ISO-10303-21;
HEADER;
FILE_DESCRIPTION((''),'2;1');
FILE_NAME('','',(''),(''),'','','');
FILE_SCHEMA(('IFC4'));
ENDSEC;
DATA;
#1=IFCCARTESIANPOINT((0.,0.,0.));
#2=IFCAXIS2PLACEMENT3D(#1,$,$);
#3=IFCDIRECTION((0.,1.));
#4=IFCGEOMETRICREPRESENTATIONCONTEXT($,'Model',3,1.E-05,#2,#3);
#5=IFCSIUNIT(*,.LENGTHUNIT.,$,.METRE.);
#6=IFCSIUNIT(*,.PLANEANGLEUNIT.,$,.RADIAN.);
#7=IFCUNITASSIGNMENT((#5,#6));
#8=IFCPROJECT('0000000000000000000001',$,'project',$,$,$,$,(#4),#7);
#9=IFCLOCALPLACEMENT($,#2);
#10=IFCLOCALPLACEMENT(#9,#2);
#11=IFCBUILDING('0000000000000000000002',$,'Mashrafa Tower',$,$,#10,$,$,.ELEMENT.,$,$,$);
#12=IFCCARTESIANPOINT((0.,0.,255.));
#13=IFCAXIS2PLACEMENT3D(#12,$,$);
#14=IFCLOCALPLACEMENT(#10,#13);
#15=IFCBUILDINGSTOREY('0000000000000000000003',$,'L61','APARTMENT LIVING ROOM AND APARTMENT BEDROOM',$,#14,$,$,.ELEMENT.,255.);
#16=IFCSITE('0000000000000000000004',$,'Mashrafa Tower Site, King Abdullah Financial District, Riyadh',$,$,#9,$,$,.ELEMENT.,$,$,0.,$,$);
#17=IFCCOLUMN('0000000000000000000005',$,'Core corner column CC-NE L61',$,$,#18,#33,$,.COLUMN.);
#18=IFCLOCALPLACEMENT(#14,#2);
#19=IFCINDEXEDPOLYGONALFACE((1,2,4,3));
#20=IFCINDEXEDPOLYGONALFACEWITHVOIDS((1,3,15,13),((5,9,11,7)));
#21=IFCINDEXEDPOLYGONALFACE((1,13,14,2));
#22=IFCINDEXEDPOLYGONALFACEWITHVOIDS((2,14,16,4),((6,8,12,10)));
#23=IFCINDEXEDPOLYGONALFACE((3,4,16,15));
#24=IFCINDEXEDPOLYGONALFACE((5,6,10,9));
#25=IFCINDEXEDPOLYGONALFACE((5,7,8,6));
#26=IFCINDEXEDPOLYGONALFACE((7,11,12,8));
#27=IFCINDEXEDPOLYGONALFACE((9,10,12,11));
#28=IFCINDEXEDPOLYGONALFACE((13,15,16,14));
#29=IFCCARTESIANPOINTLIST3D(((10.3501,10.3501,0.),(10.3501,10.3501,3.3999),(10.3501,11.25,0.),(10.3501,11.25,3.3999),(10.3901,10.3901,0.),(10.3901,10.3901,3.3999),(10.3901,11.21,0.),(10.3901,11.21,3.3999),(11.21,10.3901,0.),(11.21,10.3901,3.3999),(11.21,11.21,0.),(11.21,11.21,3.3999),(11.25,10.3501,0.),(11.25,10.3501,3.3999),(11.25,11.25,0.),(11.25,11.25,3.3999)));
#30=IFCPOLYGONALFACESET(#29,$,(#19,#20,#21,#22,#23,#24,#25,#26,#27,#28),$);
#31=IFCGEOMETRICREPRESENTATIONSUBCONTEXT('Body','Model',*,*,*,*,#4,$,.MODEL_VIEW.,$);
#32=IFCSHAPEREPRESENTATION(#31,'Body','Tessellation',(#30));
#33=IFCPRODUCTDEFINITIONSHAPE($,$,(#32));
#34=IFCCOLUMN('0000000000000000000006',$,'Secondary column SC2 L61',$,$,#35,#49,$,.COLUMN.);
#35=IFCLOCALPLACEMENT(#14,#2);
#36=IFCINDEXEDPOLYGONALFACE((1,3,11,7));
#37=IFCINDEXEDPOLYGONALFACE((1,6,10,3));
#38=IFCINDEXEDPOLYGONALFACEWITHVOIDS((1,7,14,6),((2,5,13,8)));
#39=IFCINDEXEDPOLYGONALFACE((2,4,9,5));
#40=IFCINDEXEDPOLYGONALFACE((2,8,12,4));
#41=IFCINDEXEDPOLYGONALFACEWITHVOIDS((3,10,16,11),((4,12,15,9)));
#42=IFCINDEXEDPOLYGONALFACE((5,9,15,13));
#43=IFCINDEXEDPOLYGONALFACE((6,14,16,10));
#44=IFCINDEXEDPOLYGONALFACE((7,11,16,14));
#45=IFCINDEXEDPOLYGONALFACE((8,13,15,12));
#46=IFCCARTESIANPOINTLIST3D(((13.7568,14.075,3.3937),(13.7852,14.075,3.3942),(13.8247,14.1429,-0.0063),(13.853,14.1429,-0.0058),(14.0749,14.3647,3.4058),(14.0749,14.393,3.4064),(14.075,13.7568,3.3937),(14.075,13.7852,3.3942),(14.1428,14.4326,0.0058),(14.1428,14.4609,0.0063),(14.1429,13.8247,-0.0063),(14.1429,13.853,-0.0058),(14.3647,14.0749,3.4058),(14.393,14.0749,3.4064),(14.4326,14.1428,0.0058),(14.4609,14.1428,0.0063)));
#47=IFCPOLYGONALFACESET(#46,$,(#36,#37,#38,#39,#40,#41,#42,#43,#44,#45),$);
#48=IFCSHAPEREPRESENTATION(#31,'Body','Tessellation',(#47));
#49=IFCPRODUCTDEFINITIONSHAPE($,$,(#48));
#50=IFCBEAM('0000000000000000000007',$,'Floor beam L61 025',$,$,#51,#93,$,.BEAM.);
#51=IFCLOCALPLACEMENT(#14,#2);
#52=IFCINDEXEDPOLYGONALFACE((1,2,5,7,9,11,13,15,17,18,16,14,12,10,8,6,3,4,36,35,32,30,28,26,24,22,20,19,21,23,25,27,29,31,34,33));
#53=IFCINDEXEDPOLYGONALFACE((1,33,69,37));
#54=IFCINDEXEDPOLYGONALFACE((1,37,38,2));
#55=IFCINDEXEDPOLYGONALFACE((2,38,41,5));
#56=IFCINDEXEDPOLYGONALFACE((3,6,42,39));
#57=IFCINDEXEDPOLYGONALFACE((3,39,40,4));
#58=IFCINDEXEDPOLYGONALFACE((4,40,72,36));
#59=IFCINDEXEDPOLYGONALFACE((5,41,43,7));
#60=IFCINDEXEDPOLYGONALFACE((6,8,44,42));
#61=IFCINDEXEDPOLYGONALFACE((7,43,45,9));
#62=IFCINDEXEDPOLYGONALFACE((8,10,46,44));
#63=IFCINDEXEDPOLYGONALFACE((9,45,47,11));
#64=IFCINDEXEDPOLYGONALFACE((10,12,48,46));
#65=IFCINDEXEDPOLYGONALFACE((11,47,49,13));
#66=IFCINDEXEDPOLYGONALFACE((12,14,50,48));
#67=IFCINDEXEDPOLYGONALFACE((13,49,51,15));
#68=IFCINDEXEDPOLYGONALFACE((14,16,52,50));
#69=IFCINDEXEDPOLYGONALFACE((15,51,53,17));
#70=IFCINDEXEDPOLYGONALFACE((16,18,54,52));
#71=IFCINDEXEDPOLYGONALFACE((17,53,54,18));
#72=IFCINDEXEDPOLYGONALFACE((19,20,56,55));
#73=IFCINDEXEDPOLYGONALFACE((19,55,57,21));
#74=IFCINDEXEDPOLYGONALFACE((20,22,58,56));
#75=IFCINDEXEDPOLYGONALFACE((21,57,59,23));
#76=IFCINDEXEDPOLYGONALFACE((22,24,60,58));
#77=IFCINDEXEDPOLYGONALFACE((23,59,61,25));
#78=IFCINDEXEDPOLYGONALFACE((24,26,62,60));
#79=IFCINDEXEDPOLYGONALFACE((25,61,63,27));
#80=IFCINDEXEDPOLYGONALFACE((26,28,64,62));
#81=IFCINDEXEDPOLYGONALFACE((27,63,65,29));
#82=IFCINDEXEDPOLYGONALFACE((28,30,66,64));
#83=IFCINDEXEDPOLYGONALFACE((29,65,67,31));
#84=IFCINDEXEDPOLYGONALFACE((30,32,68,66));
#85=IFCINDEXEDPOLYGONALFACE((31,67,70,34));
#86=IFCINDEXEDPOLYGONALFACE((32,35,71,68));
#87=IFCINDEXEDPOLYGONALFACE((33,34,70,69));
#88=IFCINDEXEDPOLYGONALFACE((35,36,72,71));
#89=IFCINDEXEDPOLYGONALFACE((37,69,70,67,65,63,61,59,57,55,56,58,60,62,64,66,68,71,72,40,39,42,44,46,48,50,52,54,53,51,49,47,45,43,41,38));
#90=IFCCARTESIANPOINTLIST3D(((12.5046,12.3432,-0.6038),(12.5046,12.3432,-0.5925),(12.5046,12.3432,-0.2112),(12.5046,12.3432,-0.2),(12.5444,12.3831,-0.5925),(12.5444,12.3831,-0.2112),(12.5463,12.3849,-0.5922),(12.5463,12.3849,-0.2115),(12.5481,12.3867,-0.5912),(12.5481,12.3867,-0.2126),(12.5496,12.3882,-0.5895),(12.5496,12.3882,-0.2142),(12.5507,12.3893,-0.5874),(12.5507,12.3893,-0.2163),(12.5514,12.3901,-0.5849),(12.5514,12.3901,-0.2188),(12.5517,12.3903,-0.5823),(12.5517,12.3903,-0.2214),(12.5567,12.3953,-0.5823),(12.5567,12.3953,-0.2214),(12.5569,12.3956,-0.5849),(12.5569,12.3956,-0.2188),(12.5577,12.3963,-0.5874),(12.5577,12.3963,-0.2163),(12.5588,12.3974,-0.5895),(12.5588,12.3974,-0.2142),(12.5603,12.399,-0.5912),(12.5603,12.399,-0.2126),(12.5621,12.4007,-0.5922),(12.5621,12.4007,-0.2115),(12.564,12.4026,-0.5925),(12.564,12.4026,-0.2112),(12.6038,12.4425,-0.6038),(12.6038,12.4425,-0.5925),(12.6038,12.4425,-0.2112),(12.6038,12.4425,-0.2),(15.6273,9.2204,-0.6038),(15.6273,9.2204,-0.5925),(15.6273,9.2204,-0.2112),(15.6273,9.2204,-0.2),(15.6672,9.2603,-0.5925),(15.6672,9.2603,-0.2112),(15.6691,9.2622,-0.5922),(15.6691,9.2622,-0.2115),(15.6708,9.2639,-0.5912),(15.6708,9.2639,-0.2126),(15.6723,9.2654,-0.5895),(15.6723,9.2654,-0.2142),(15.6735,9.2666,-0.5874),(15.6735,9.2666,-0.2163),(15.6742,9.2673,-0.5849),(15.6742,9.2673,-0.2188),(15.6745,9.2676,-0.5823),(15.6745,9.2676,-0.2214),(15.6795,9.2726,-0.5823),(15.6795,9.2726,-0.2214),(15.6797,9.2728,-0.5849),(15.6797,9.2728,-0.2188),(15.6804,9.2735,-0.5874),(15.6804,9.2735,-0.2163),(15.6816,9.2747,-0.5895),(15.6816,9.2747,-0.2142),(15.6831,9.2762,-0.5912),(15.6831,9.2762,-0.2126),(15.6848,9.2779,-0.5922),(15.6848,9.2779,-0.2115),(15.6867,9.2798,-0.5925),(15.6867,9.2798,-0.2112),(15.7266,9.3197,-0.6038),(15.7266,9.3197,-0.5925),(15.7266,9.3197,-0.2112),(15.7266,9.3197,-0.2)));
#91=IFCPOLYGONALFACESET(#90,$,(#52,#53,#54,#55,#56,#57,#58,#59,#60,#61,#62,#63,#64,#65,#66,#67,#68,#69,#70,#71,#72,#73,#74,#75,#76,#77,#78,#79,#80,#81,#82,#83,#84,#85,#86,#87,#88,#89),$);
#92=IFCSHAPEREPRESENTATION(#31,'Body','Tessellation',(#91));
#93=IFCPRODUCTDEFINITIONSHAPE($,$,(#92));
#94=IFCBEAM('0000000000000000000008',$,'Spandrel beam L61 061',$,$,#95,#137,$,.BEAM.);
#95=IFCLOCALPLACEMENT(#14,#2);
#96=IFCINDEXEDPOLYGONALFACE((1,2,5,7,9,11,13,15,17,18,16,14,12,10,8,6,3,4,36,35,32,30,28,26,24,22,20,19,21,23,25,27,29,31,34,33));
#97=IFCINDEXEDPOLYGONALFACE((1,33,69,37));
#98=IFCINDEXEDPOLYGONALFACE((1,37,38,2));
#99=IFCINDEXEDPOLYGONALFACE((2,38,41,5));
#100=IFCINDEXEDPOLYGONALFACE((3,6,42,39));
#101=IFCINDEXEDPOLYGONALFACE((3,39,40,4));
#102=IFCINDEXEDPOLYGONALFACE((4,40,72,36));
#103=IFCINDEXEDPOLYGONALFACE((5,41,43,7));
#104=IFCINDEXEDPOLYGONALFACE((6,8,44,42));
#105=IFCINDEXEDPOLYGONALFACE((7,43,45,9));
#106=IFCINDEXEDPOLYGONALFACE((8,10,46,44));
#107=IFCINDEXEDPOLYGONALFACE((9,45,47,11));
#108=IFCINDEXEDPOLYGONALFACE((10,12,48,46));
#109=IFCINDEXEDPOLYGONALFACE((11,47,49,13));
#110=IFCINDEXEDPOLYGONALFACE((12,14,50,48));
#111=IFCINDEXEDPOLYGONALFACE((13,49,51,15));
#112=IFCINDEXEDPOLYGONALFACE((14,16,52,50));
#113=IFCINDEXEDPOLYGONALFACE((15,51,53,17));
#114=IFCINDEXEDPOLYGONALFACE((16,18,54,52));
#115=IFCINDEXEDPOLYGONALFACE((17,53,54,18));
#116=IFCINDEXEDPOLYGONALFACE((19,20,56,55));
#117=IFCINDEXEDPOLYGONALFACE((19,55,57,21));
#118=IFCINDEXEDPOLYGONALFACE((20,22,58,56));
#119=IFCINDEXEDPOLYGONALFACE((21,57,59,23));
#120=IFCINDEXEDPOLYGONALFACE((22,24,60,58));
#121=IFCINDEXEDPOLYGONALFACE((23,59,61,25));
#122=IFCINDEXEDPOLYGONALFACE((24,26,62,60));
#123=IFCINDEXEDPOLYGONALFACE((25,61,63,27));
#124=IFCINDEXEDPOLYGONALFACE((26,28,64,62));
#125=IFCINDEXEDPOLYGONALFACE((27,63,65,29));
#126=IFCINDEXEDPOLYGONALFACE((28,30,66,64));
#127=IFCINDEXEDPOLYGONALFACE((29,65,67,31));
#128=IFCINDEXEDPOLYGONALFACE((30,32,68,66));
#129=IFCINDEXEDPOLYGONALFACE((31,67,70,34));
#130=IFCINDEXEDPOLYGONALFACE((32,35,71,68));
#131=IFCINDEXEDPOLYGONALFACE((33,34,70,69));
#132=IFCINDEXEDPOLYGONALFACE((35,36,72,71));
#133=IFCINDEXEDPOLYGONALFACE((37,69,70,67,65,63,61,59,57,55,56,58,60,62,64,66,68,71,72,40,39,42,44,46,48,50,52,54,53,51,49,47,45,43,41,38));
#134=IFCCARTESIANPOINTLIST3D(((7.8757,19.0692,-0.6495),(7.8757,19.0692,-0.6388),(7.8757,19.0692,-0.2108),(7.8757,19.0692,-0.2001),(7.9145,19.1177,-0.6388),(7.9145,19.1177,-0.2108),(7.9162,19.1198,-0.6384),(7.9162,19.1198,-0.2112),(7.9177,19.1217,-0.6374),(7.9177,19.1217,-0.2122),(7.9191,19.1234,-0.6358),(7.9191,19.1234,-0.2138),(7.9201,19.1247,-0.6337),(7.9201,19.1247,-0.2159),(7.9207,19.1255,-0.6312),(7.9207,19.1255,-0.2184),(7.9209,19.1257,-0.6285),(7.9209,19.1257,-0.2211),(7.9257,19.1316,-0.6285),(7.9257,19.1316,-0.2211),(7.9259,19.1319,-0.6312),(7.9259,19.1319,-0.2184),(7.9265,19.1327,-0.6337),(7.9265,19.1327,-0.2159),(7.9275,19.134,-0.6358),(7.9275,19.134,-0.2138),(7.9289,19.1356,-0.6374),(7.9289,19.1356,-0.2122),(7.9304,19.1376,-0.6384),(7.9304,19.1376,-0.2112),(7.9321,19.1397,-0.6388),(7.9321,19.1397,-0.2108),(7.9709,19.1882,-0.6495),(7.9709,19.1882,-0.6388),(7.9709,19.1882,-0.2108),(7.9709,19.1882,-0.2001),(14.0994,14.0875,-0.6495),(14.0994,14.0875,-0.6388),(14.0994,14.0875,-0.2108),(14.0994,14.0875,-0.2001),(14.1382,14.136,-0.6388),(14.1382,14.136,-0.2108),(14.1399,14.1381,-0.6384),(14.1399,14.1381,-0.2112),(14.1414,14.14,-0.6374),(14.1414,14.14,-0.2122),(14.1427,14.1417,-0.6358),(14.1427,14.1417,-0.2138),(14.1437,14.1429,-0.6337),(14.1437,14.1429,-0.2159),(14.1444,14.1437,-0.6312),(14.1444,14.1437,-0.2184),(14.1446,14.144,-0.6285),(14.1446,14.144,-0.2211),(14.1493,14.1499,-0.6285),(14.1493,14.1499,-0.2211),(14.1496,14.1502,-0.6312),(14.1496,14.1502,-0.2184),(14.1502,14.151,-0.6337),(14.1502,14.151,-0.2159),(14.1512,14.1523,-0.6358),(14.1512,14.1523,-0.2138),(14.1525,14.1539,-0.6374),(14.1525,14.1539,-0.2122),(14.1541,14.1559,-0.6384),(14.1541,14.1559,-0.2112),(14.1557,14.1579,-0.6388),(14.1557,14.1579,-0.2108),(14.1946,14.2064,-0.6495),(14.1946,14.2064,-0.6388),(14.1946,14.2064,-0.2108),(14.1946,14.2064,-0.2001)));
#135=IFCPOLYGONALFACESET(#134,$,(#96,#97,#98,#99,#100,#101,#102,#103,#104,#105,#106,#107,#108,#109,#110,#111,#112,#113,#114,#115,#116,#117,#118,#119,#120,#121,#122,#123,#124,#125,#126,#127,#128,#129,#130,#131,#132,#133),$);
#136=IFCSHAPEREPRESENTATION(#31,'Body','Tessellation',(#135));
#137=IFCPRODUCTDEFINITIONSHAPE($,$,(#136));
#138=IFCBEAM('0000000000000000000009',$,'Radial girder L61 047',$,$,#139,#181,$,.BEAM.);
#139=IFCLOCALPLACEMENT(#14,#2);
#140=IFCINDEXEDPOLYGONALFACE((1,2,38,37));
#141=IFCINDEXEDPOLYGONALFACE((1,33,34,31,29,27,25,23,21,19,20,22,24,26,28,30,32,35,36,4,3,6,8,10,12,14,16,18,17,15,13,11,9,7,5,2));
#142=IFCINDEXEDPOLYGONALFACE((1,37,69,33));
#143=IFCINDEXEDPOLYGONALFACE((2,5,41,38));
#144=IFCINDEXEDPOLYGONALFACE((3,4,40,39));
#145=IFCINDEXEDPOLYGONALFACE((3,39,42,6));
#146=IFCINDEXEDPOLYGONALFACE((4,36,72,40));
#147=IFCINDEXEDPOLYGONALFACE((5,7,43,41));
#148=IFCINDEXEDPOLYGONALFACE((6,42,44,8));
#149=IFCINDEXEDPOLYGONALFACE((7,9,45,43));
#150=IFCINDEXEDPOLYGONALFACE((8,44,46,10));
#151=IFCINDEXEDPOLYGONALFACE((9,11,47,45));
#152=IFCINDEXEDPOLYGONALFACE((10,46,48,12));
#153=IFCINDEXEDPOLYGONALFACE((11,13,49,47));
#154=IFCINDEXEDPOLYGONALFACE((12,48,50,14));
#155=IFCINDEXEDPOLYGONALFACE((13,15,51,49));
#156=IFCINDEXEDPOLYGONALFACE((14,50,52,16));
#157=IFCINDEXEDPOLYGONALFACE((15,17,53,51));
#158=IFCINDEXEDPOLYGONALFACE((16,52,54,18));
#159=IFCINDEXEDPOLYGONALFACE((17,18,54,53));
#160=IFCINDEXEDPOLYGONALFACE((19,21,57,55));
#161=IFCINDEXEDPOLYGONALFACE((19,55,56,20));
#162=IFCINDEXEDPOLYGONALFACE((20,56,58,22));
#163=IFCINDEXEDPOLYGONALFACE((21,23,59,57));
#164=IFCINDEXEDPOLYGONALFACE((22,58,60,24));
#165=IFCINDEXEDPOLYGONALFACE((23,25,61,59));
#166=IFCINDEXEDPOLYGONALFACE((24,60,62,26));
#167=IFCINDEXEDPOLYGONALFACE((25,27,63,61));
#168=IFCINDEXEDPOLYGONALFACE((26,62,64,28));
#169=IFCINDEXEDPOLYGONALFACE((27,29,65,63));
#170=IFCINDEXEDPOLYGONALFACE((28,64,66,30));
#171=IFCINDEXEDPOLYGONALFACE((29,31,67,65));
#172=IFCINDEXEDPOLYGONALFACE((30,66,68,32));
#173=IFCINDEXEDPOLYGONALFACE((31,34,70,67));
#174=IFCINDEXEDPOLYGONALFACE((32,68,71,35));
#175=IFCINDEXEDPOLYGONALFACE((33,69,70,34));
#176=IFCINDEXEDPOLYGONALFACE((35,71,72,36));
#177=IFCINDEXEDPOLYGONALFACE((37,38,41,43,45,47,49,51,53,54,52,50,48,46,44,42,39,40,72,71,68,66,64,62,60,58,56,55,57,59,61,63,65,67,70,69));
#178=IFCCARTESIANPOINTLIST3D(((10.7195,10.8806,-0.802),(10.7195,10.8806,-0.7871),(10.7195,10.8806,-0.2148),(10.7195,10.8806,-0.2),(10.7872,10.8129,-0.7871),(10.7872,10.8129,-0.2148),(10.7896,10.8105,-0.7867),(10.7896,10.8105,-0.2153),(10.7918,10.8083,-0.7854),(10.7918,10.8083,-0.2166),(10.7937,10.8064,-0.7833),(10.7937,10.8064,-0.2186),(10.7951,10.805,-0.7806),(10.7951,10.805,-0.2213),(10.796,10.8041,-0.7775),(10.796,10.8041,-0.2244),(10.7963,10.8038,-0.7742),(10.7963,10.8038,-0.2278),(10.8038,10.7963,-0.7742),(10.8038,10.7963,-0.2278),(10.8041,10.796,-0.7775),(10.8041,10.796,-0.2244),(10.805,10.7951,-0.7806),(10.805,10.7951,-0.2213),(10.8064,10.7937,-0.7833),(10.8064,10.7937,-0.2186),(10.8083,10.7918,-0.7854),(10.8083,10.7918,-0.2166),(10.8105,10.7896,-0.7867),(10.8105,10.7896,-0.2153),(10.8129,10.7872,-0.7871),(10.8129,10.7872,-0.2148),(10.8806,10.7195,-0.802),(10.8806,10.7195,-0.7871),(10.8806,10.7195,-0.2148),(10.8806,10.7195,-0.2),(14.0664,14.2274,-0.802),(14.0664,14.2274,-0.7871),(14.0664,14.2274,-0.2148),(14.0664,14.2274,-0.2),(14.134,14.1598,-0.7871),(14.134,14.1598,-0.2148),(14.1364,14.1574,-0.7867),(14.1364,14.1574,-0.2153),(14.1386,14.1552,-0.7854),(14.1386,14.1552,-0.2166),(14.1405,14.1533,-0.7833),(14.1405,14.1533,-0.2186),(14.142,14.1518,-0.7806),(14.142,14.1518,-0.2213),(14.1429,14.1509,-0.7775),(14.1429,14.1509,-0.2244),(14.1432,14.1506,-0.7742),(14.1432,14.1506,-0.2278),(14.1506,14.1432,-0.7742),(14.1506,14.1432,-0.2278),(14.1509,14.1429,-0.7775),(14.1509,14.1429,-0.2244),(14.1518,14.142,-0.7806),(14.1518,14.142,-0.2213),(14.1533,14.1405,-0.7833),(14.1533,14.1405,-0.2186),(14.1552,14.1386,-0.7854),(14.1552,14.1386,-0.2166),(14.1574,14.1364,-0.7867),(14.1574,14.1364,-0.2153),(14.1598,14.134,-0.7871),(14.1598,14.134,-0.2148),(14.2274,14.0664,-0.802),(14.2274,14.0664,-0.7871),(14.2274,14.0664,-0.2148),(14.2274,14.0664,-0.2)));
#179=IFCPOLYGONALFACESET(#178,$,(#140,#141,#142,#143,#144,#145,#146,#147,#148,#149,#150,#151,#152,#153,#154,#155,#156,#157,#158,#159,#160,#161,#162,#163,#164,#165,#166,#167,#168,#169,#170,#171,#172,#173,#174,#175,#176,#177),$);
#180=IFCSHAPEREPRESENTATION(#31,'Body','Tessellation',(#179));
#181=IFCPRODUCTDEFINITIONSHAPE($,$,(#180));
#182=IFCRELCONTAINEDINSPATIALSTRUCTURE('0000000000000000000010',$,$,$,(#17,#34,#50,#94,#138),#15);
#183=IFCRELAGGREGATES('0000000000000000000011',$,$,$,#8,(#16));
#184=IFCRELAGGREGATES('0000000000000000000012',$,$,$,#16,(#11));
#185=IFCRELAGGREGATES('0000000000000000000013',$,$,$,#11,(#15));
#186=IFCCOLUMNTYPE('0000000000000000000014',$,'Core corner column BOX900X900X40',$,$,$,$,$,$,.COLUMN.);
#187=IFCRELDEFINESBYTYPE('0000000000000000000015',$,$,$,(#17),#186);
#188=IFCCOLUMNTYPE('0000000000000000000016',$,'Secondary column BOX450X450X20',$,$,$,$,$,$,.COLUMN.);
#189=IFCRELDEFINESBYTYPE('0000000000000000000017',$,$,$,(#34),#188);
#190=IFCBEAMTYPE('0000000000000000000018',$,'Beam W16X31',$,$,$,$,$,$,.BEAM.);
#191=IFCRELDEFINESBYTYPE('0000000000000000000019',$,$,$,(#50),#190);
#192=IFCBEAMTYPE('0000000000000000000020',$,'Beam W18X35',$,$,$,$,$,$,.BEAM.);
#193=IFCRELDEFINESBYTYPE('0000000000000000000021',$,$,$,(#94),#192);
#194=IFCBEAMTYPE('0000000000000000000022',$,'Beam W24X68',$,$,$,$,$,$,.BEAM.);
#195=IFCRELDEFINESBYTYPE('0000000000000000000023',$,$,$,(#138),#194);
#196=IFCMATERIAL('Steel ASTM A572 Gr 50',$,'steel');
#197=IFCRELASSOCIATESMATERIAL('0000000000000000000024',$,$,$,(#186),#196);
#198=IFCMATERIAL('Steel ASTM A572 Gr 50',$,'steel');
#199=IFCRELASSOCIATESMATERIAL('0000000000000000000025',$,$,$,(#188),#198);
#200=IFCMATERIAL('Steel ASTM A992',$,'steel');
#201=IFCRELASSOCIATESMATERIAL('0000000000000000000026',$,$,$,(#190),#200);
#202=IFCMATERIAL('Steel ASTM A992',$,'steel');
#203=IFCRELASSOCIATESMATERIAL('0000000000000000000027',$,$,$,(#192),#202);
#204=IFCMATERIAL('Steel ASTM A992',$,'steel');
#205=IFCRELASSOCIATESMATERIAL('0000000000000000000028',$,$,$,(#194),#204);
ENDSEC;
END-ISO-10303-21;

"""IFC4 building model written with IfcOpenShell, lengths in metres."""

from ifc_helpers import new_model, si_unit, direction, frame, origin, origin_2d, place, context, subcontext, project, spatial, hollow_rectangle, i_section, extrude, material, material_profile, profile_set, type_object, element, save


model = new_model("IFC4")

# Units and contexts
model_context = context("Model", 3, precision=1e-05, world=origin(), true_north=direction((0.0, 1.0)))
body_context = subcontext(model_context, "Body", "Model", "MODEL_VIEW")
ifc_project = project(units=[si_unit("LENGTHUNIT", "METRE"), si_unit("PLANEANGLEUNIT", "RADIAN")], contexts=[model_context])

# Site, building, storey
site_placement = place(None, origin())
site = spatial("IfcSite", under=ifc_project, at=site_placement, Name="Mashrafa Tower Site, King Abdullah Financial District, Riyadh", CompositionType="ELEMENT", RefElevation=0.0)
building_placement = place(site_placement, origin())
building = spatial("IfcBuilding", under=site, at=building_placement, Name="Mashrafa Tower", CompositionType="ELEMENT")
storey_placement = place(building_placement, frame((0.0, 0.0, 255.0)))
storey = spatial("IfcBuildingStorey", under=building, at=storey_placement, Name="L61", Description="APARTMENT LIVING ROOM AND APARTMENT BEDROOM", CompositionType="ELEMENT", Elevation=255.0)

# Columns
ifc_material_1 = material(Name="Steel ASTM A572 Gr 50", Category="steel")
ifc_material_profile_1 = material_profile(ifc_material_1, hollow_rectangle(XDim=0.8999, YDim=0.8999, WallThickness=0.04, at=origin_2d()), Name="BOX900X900X40")
ifc_profile_set_1 = profile_set([ifc_material_profile_1], Name="Steel ASTM A572 Gr 50")
column_type_1 = type_object("IfcColumnType", Name="Core corner column BOX900X900X40", PredefinedType="COLUMN", material=ifc_profile_set_1)
column_1_placement = place(storey_placement, frame((10.8, 10.8, 0.0), z_axis=(0.0, 0.0, 1.0), x_axis=(1.0, 0.0, 0.0)))
element("IfcColumn", 1, at=column_1_placement, inside=storey, type_object=column_type_1, Name="Core corner column CC-NE L61", PredefinedType="COLUMN", context=body_context, shape_type="SweptSolid", body=[
    extrude(hollow_rectangle(XDim=0.8999, YDim=0.8999, WallThickness=0.04, at=origin_2d()), origin(), (0.0, 0.0, 1.0), 3.3999),
])
ifc_material_2 = material(Name="Steel ASTM A572 Gr 50", Category="steel")
ifc_material_profile_2 = material_profile(ifc_material_2, hollow_rectangle(XDim=0.45, YDim=0.45, WallThickness=0.02, at=origin_2d()), Name="BOX450X450X20")
ifc_profile_set_2 = profile_set([ifc_material_profile_2], Name="Steel ASTM A572 Gr 50")
column_type_2 = type_object("IfcColumnType", Name="Secondary column BOX450X450X20", PredefinedType="COLUMN", material=ifc_profile_set_2)
column_2_placement = place(storey_placement, frame((14.1428, 14.1428, 0.0), z_axis=(-0.019955, -0.019955, 0.999602), x_axis=(0.707107, -0.707107, 0.0)))
element("IfcColumn", 2, at=column_2_placement, inside=storey, type_object=column_type_2, Name="Secondary column SC2 L61", PredefinedType="COLUMN", context=body_context, shape_type="SweptSolid", body=[
    extrude(hollow_rectangle(XDim=0.45, YDim=0.45, WallThickness=0.02, at=origin_2d()), origin(), (0.0, 0.0, 1.0), 3.4014),
])

# Beams
ifc_material_3 = material(Name="Steel ASTM A992", Category="steel")
ifc_material_profile_3 = material_profile(ifc_material_3, i_section(OverallWidth=0.1404, OverallDepth=0.4038, WebThickness=0.0071, FlangeThickness=0.0112, FilletRadius=0.0103, at=origin_2d()), Name="W16X31")
ifc_profile_set_3 = profile_set([ifc_material_profile_3], Name="Steel ASTM A992")
beam_type_1 = type_object("IfcBeamType", Name="Beam W16X31", PredefinedType="BEAM", material=ifc_profile_set_3)
beam_1_placement = place(storey_placement, frame((12.5542, 12.3928, -0.4019), z_axis=(0.707107, -0.707107, 0.0), x_axis=(0.707107, 0.707107, 0.0)))
element("IfcBeam", 3, at=beam_1_placement, inside=storey, type_object=beam_type_1, Name="Floor beam L61 025", PredefinedType="BEAM", context=body_context, shape_type="SweptSolid", body=[
    extrude(i_section(OverallWidth=0.1404, OverallDepth=0.4038, WebThickness=0.0071, FlangeThickness=0.0112, FilletRadius=0.0103, at=origin_2d()), origin(), (0.0, 0.0, 1.0), 4.4163),
])
ifc_material_4 = material(Name="Steel ASTM A992", Category="steel")
ifc_material_profile_4 = material_profile(ifc_material_4, i_section(OverallWidth=0.1523, OverallDepth=0.4495, WebThickness=0.0076, FlangeThickness=0.0107, FilletRadius=0.0103, at=origin_2d()), Name="W18X35")
ifc_profile_set_4 = profile_set([ifc_material_profile_4], Name="Steel ASTM A992")
beam_type_2 = type_object("IfcBeamType", Name="Beam W18X35", PredefinedType="BEAM", material=ifc_profile_set_4)
beam_2_placement = place(storey_placement, frame((14.147, 14.147, -0.4248), z_axis=(-0.780698, 0.624908, 0.0), x_axis=(-0.624908, -0.780698, 0.0)))
element("IfcBeam", 4, at=beam_2_placement, inside=storey, type_object=beam_type_2, Name="Spandrel beam L61 061", PredefinedType="BEAM", context=body_context, shape_type="SweptSolid", body=[
    extrude(i_section(OverallWidth=0.1523, OverallDepth=0.4495, WebThickness=0.0076, FlangeThickness=0.0107, FilletRadius=0.0103, at=origin_2d()), origin(), (0.0, 0.0, 1.0), 7.9719),
])
ifc_material_5 = material(Name="Steel ASTM A992", Category="steel")
ifc_material_profile_5 = material_profile(ifc_material_5, i_section(OverallWidth=0.2278, OverallDepth=0.6021, WebThickness=0.0105, FlangeThickness=0.0149, FilletRadius=0.0129, at=origin_2d()), Name="W24X68")
ifc_profile_set_5 = profile_set([ifc_material_profile_5], Name="Steel ASTM A992")
beam_type_3 = type_object("IfcBeamType", Name="Beam W24X68", PredefinedType="BEAM", material=ifc_profile_set_5)
beam_3_placement = place(storey_placement, frame((10.8, 10.8, -0.501), z_axis=(0.707107, 0.707107, 0.0), x_axis=(-0.707107, 0.707107, 0.0)))
element("IfcBeam", 5, at=beam_3_placement, inside=storey, type_object=beam_type_3, Name="Radial girder L61 047", PredefinedType="BEAM", context=body_context, shape_type="SweptSolid", body=[
    extrude(i_section(OverallWidth=0.2278, OverallDepth=0.6021, WebThickness=0.0105, FlangeThickness=0.0149, FilletRadius=0.0129, at=origin_2d()), origin(), (0.0, 0.0, 1.0), 4.7332),
])

save(model, "model.ifc")
